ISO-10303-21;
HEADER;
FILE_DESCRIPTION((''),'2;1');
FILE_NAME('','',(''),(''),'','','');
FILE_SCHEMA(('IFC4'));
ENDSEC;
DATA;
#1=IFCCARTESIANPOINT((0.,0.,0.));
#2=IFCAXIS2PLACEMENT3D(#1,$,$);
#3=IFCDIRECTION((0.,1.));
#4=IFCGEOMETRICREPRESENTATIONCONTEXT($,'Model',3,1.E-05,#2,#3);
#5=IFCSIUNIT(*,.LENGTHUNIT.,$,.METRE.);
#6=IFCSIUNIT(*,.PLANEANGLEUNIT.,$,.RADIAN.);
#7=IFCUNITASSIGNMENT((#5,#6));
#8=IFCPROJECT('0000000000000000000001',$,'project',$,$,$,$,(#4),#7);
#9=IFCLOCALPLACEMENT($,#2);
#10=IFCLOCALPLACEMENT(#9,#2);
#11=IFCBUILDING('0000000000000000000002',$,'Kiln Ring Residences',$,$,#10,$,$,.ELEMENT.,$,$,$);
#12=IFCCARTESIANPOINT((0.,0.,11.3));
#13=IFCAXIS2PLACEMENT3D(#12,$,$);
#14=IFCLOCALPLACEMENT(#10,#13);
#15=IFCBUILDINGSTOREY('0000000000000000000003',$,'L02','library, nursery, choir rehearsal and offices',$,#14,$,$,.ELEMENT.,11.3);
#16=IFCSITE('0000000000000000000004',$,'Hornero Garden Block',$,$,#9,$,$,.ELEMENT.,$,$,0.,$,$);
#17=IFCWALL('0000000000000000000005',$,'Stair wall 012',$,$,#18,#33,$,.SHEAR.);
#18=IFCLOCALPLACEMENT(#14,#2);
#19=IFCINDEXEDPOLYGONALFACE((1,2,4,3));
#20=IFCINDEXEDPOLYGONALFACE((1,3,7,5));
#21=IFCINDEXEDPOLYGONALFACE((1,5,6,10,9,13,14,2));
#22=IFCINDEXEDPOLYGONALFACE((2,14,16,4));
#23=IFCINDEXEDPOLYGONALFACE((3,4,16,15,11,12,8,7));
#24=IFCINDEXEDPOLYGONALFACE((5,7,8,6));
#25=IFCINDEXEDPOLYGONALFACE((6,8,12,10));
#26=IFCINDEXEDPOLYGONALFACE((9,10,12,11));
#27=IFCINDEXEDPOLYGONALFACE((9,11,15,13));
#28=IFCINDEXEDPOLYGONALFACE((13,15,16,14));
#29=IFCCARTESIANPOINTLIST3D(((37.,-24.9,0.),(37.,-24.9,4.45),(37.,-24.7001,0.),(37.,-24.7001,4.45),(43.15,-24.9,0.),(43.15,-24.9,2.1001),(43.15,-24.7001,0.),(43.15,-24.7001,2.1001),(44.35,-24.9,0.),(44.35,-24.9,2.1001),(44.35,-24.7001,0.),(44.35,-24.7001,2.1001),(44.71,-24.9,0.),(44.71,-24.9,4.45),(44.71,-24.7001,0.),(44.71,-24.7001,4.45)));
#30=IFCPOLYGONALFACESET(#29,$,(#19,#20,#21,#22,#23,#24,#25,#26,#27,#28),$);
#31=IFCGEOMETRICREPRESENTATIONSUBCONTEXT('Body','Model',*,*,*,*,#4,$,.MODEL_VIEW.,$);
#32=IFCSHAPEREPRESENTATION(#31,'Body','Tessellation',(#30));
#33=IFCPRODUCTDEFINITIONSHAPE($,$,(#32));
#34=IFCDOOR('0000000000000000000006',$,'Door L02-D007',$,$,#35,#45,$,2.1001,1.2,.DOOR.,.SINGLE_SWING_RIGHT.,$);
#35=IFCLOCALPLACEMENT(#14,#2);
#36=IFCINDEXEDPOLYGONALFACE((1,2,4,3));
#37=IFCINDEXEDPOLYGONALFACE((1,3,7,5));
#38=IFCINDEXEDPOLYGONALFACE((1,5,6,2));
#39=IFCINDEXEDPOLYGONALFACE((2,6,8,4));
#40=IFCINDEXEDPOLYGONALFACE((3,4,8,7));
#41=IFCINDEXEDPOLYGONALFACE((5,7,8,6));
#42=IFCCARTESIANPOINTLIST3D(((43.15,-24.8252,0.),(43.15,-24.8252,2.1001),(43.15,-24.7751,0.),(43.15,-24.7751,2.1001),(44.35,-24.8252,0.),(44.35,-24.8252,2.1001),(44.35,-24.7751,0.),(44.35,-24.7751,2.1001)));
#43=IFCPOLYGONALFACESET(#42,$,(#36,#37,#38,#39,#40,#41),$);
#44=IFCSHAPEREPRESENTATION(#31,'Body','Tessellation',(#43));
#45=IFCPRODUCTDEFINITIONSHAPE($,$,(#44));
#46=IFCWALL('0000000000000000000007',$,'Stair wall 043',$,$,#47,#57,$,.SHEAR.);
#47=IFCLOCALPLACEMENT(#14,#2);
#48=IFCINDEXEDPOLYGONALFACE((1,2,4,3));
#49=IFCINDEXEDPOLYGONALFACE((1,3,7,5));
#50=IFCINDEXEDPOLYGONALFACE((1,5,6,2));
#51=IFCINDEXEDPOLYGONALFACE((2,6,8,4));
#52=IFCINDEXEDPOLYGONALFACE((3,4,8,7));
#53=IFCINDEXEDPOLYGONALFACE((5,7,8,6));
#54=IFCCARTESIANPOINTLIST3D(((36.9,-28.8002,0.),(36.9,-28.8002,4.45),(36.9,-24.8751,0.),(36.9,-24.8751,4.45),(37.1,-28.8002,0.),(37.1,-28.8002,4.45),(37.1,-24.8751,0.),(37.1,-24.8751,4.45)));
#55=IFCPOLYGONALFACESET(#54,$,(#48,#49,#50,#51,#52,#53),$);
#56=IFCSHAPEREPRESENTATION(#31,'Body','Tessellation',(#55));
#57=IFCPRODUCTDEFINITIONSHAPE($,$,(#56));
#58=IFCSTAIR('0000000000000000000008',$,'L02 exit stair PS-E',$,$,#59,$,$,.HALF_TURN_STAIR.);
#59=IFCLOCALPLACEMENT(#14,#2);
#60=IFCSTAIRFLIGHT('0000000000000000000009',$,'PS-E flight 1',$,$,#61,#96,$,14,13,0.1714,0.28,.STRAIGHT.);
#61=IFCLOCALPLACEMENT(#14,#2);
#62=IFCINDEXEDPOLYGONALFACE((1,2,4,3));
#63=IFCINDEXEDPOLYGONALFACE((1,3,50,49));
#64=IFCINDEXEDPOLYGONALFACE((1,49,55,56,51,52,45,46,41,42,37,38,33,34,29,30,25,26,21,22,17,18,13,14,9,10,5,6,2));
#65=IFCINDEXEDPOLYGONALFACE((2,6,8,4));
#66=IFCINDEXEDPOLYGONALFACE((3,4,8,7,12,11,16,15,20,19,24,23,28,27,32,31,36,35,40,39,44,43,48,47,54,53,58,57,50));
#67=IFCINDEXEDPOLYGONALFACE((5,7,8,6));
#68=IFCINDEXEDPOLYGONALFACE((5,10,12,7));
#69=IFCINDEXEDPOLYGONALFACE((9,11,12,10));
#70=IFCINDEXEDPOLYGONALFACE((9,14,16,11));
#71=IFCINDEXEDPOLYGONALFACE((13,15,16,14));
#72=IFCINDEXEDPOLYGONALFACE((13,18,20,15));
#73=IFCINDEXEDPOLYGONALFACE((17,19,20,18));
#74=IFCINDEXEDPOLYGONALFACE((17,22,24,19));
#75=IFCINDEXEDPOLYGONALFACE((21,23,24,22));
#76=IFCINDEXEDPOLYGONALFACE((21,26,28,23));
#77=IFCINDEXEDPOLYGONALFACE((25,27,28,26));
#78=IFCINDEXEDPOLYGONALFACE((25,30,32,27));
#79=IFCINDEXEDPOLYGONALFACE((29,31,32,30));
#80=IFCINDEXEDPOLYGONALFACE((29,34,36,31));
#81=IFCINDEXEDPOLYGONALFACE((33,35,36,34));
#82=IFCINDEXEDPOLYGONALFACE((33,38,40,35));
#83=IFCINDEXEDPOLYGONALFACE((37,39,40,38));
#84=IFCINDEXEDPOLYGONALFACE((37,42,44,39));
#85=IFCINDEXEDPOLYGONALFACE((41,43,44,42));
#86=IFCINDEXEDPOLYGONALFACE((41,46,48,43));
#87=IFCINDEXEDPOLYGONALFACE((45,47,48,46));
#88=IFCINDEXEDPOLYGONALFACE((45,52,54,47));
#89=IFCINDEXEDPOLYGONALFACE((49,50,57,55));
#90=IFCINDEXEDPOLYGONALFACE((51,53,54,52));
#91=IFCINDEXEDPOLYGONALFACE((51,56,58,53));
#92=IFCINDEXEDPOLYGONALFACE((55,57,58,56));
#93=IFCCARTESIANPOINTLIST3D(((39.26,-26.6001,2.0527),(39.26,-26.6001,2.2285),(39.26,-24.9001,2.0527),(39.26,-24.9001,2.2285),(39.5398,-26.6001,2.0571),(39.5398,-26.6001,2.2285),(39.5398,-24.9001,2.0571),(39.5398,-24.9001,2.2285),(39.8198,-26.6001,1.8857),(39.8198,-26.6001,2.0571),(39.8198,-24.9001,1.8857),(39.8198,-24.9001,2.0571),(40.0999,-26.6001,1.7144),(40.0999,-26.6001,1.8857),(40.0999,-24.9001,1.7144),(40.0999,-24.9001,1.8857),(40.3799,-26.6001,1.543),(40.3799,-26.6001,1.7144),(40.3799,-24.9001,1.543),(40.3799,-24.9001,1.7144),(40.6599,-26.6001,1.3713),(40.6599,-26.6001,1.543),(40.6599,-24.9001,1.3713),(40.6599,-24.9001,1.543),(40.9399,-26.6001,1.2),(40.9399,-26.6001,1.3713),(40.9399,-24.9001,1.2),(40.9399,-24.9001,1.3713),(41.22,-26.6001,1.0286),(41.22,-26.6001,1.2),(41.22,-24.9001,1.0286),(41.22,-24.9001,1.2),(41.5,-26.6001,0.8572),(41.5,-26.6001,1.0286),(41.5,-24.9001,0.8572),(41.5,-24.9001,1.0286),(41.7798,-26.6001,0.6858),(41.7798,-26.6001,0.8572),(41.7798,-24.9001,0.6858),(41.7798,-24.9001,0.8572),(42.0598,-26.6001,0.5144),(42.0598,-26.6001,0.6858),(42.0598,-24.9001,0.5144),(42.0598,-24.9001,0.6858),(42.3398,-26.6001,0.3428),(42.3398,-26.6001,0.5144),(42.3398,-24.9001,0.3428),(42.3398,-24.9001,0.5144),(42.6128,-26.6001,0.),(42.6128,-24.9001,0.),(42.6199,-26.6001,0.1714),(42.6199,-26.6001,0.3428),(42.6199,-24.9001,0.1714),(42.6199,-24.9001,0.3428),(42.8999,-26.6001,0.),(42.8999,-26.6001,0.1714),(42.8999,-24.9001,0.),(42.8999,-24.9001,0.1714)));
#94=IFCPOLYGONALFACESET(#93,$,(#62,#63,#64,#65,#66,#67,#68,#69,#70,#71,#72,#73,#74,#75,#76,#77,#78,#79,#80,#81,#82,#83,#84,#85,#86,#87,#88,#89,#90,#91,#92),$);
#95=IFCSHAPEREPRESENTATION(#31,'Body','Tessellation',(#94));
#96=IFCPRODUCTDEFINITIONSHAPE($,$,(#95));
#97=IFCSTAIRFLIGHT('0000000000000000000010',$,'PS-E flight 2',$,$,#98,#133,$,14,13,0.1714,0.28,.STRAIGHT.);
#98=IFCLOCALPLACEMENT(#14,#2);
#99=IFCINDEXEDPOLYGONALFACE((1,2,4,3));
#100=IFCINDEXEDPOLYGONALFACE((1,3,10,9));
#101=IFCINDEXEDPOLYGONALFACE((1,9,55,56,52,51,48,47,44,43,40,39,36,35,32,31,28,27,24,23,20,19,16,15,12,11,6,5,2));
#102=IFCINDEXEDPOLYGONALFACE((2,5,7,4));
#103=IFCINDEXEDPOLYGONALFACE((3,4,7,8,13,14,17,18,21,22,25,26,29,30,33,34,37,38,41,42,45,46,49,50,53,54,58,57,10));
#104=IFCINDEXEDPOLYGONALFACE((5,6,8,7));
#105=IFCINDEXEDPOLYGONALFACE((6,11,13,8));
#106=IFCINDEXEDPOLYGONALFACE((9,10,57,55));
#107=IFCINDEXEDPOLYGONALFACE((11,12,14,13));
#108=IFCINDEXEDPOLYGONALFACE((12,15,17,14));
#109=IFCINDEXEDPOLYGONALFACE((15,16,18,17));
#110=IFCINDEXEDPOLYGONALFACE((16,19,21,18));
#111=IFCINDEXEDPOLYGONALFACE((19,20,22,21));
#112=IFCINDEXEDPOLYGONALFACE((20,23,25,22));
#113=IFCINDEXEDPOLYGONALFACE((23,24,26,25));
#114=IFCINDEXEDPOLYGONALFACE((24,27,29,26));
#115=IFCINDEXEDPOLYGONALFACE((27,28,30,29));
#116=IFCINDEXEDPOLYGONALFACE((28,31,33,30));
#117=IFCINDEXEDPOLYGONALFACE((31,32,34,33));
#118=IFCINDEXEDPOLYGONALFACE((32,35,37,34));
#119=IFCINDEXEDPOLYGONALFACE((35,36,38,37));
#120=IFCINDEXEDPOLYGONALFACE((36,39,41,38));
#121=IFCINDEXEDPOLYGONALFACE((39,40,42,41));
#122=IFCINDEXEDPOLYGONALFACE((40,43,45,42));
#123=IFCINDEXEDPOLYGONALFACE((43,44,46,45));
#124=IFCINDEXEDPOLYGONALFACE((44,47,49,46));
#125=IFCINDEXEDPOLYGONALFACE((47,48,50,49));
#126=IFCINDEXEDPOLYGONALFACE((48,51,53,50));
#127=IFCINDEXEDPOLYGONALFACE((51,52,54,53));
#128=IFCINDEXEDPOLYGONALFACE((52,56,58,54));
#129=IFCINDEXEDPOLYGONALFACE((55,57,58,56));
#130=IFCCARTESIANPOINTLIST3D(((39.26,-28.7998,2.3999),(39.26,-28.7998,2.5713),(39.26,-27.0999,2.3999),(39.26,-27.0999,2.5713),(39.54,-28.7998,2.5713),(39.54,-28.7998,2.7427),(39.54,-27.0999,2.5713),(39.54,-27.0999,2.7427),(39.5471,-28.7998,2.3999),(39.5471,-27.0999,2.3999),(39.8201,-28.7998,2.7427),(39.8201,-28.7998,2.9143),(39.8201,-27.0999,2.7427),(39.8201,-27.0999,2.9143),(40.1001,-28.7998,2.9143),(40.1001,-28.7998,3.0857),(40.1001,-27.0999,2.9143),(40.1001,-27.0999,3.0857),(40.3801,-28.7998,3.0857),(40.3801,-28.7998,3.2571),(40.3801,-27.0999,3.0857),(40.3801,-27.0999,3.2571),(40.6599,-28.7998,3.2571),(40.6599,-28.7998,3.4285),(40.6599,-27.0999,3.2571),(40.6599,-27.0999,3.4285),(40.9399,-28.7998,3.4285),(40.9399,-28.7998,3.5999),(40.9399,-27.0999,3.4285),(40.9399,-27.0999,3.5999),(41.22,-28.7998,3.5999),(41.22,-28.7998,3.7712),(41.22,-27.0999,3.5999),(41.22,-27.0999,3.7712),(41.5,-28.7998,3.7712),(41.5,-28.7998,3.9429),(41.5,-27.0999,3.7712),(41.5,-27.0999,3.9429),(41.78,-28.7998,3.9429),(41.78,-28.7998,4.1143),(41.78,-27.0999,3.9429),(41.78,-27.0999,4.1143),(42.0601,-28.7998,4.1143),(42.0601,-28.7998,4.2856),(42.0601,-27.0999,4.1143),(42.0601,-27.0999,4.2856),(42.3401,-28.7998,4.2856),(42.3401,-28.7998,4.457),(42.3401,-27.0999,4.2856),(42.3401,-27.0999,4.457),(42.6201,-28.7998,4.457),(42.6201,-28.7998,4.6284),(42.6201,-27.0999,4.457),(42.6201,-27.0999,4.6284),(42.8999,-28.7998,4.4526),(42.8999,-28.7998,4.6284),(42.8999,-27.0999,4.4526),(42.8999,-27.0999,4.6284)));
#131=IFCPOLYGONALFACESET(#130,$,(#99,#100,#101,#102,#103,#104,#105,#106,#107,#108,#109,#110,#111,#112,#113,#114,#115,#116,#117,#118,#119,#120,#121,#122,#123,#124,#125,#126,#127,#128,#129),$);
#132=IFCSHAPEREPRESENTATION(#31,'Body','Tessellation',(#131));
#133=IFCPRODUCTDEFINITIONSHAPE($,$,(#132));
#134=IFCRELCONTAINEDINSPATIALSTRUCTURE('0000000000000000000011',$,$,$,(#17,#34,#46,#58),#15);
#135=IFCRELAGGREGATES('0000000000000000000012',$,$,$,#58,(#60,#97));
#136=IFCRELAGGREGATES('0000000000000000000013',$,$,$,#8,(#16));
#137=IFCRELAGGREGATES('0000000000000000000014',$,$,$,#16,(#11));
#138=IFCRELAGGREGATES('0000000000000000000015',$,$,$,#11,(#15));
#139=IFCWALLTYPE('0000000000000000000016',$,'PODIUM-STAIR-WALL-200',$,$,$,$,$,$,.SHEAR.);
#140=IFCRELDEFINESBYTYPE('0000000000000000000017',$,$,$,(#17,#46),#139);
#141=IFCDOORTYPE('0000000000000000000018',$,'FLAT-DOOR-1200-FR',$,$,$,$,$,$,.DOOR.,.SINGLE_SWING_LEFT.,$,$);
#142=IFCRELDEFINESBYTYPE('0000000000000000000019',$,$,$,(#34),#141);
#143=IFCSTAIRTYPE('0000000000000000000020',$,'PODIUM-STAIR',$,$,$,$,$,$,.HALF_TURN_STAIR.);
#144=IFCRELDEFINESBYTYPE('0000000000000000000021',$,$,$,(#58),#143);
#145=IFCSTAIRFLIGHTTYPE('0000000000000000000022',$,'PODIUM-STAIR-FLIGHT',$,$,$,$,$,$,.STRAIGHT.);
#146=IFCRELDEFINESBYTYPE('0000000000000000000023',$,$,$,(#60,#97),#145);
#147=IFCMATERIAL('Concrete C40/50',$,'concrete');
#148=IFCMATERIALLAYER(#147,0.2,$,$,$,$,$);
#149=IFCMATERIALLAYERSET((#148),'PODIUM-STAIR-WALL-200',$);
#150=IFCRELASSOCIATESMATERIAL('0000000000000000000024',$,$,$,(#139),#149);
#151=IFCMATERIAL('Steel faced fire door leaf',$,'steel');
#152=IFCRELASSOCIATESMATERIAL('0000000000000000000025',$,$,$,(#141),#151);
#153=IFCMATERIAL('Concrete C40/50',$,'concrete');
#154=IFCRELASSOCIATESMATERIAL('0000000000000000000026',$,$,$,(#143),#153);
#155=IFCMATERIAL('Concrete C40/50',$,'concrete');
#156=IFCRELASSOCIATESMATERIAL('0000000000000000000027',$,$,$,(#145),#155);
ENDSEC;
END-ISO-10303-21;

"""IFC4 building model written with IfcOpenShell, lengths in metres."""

from ifc_helpers import new_model, si_unit, direction, frame, frame_2d, origin, place, context, subcontext, project, spatial, polyline, rectangle, outline, extrude, material, layer, layer_set, type_object, element, fill, aggregate, save


model = new_model("IFC4")

# Units and contexts
model_context = context("Model", 3, precision=1e-05, world=origin(), true_north=direction((0.0, 1.0)))
body_context = subcontext(model_context, "Body", "Model", "MODEL_VIEW")
ifc_project = project(units=[si_unit("LENGTHUNIT", "METRE"), si_unit("PLANEANGLEUNIT", "RADIAN")], contexts=[model_context])

# Site, building, storey
site_placement = place(None, origin())
site = spatial("IfcSite", under=ifc_project, at=site_placement, Name="Hornero Garden Block", CompositionType="ELEMENT", RefElevation=0.0)
building_placement = place(site_placement, origin())
building = spatial("IfcBuilding", under=site, at=building_placement, Name="Kiln Ring Residences", CompositionType="ELEMENT")
storey_placement = place(building_placement, frame((0.0, 0.0, 11.3)))
storey = spatial("IfcBuildingStorey", under=building, at=storey_placement, Name="L02", Description="library, nursery, choir rehearsal and offices", CompositionType="ELEMENT", Elevation=11.3)

# Shared definitions
ifc_material_1 = material(Name="Concrete C40/50", Category="concrete")
ifc_layer_1 = layer(ifc_material_1, 0.2)
ifc_layer_set_1 = layer_set([ifc_layer_1], Name="PODIUM-STAIR-WALL-200")
wall_type_1 = type_object("IfcWallType", Name="PODIUM-STAIR-WALL-200", PredefinedType="SHEAR", material=ifc_layer_set_1)

# Wall, opening, door
wall_1_placement = place(storey_placement, frame((37.0, -24.8, 0.0), z_axis=(0.0, 0.0, 1.0), x_axis=(1.0, 0.0, 0.0)))
wall_1 = element("IfcWall", 1, at=wall_1_placement, inside=storey, type_object=wall_type_1, Name="Stair wall 012", PredefinedType="SHEAR", context=body_context, shape_type="SweptSolid", body=[
    extrude(rectangle(XDim=7.71, YDim=0.2, at=frame_2d((3.855, 0.0))), origin(), (0.0, 0.0, 1.0), 4.45),
])
opening_1_placement = place(wall_1_placement, frame((6.1499, 0.0, 0.0)))
opening_1 = element("IfcOpeningElement", 2, at=opening_1_placement, cuts=wall_1, PredefinedType="OPENING", context=body_context, shape_type="SweptSolid", body=[
    extrude(rectangle(XDim=1.2, YDim=2.1001, at=frame_2d((0.6001, 1.05))), frame((0.0, 0.1099, 0.0), z_axis=(0.0, -1.0, 0.0), x_axis=(1.0, 0.0, 0.0)), (0.0, 0.0, 1.0), 0.22),
])
ifc_material_2 = material(Name="Steel faced fire door leaf", Category="steel")
door_type = type_object("IfcDoorType", Name="FLAT-DOOR-1200-FR", OperationType="SINGLE_SWING_LEFT", PredefinedType="DOOR", material=ifc_material_2)
door_placement = place(opening_1_placement, origin())
door = element("IfcDoor", 3, at=door_placement, inside=storey, type_object=door_type, Name="Door L02-D007", OperationType="SINGLE_SWING_RIGHT", OverallHeight=2.1001, OverallWidth=1.2, PredefinedType="DOOR", context=body_context, shape_type="SweptSolid", body=[
    extrude(rectangle(XDim=1.2, YDim=2.1001, at=frame_2d((0.6001, 1.05))), frame((0.0, 0.0249, 0.0), z_axis=(0.0, -1.0, 0.0), x_axis=(1.0, 0.0, 0.0)), (0.0, 0.0, 1.0), 0.05),
])
fill(opening_1, door)

# Wall
wall_2_placement = place(storey_placement, frame((37.0, -28.8, 0.0), z_axis=(0.0, 0.0, 1.0), x_axis=(0.0, 1.0, 0.0)))
element("IfcWall", 4, at=wall_2_placement, inside=storey, type_object=wall_type_1, Name="Stair wall 043", PredefinedType="SHEAR", context=body_context, shape_type="SweptSolid", body=[
    extrude(rectangle(XDim=3.925, YDim=0.2, at=frame_2d((1.9624, 0.0))), origin(), (0.0, 0.0, 1.0), 4.45),
])

# Stair, stair flights
ifc_material_3 = material(Name="Concrete C40/50", Category="concrete")
stair_type = type_object("IfcStairType", Name="PODIUM-STAIR", PredefinedType="HALF_TURN_STAIR", material=ifc_material_3)
stair_placement = place(storey_placement, origin())
stair = element("IfcStair", 5, at=stair_placement, inside=storey, type_object=stair_type, Name="L02 exit stair PS-E", PredefinedType="HALF_TURN_STAIR")
ifc_material_4 = material(Name="Concrete C40/50", Category="concrete")
stair_flight_type = type_object("IfcStairFlightType", Name="PODIUM-STAIR-FLIGHT", PredefinedType="STRAIGHT", material=ifc_material_4)
stair_flight_1_placement = place(storey_placement, frame((42.8999, -25.75, 0.0), z_axis=(0.0, 0.0, 1.0), x_axis=(-1.0, 0.0, 0.0)))
stair_flight_1 = element("IfcStairFlight", 6, at=stair_flight_1_placement, type_object=stair_flight_type, Name="PS-E flight 1", NumberOfRisers=14, NumberOfTreads=13, PredefinedType="STRAIGHT", RiserHeight=0.1714, TreadLength=0.28, context=body_context, shape_type="SweptSolid", body=[
    extrude(outline(polyline([(0.0, 0.0), (0.0, 0.1714), (0.28, 0.1714), (0.28, 0.3428), (0.5601, 0.3428), (0.5601, 0.5144), (0.8401, 0.5144), (0.8401, 0.6858), (1.1201, 0.6858), (1.1201, 0.8572), (1.3999, 0.8572), (1.3999, 1.0286), (1.6799, 1.0286), (1.6799, 1.2), (1.96, 1.2), (1.96, 1.3713), (2.24, 1.3713), (2.24, 1.543), (2.52, 1.543), (2.52, 1.7144), (2.8, 1.7144), (2.8, 1.8857), (3.0801, 1.8857), (3.0801, 2.0571), (3.3601, 2.0571), (3.3601, 2.2285), (3.6399, 2.2285), (3.6399, 2.3999), (3.6399, 2.0527), (0.2871, 0.0), (0.0, 0.0)])), frame((0.0, 0.8501, 0.0), z_axis=(0.0, -1.0, 0.0), x_axis=(1.0, 0.0, 0.0)), (0.0, 0.0, 1.0), 1.7),
])
stair_flight_2_placement = place(storey_placement, frame((39.26, -27.95, 2.3999), z_axis=(0.0, 0.0, 1.0), x_axis=(1.0, 0.0, 0.0)))
stair_flight_2 = element("IfcStairFlight", 7, at=stair_flight_2_placement, type_object=stair_flight_type, Name="PS-E flight 2", NumberOfRisers=14, NumberOfTreads=13, PredefinedType="STRAIGHT", RiserHeight=0.1714, TreadLength=0.28, context=body_context, shape_type="SweptSolid", body=[
    extrude(outline(polyline([(0.0, 0.0), (0.0, 0.1714), (0.28, 0.1714), (0.28, 0.3428), (0.5601, 0.3428), (0.5601, 0.5144), (0.8401, 0.5144), (0.8401, 0.6858), (1.1201, 0.6858), (1.1201, 0.8572), (1.3999, 0.8572), (1.3999, 1.0286), (1.6799, 1.0286), (1.6799, 1.2), (1.96, 1.2), (1.96, 1.3713), (2.24, 1.3713), (2.24, 1.543), (2.52, 1.543), (2.52, 1.7144), (2.8, 1.7144), (2.8, 1.8857), (3.0801, 1.8857), (3.0801, 2.0571), (3.3601, 2.0571), (3.3601, 2.2285), (3.6399, 2.2285), (3.6399, 2.3999), (3.6399, 2.0527), (0.2871, 0.0), (0.0, 0.0)])), frame((0.0, 0.8501, 0.0), z_axis=(0.0, -1.0, 0.0), x_axis=(1.0, 0.0, 0.0)), (0.0, 0.0, 1.0), 1.7),
])
aggregate(stair, [stair_flight_1, stair_flight_2])

save(model, "model.ifc")
